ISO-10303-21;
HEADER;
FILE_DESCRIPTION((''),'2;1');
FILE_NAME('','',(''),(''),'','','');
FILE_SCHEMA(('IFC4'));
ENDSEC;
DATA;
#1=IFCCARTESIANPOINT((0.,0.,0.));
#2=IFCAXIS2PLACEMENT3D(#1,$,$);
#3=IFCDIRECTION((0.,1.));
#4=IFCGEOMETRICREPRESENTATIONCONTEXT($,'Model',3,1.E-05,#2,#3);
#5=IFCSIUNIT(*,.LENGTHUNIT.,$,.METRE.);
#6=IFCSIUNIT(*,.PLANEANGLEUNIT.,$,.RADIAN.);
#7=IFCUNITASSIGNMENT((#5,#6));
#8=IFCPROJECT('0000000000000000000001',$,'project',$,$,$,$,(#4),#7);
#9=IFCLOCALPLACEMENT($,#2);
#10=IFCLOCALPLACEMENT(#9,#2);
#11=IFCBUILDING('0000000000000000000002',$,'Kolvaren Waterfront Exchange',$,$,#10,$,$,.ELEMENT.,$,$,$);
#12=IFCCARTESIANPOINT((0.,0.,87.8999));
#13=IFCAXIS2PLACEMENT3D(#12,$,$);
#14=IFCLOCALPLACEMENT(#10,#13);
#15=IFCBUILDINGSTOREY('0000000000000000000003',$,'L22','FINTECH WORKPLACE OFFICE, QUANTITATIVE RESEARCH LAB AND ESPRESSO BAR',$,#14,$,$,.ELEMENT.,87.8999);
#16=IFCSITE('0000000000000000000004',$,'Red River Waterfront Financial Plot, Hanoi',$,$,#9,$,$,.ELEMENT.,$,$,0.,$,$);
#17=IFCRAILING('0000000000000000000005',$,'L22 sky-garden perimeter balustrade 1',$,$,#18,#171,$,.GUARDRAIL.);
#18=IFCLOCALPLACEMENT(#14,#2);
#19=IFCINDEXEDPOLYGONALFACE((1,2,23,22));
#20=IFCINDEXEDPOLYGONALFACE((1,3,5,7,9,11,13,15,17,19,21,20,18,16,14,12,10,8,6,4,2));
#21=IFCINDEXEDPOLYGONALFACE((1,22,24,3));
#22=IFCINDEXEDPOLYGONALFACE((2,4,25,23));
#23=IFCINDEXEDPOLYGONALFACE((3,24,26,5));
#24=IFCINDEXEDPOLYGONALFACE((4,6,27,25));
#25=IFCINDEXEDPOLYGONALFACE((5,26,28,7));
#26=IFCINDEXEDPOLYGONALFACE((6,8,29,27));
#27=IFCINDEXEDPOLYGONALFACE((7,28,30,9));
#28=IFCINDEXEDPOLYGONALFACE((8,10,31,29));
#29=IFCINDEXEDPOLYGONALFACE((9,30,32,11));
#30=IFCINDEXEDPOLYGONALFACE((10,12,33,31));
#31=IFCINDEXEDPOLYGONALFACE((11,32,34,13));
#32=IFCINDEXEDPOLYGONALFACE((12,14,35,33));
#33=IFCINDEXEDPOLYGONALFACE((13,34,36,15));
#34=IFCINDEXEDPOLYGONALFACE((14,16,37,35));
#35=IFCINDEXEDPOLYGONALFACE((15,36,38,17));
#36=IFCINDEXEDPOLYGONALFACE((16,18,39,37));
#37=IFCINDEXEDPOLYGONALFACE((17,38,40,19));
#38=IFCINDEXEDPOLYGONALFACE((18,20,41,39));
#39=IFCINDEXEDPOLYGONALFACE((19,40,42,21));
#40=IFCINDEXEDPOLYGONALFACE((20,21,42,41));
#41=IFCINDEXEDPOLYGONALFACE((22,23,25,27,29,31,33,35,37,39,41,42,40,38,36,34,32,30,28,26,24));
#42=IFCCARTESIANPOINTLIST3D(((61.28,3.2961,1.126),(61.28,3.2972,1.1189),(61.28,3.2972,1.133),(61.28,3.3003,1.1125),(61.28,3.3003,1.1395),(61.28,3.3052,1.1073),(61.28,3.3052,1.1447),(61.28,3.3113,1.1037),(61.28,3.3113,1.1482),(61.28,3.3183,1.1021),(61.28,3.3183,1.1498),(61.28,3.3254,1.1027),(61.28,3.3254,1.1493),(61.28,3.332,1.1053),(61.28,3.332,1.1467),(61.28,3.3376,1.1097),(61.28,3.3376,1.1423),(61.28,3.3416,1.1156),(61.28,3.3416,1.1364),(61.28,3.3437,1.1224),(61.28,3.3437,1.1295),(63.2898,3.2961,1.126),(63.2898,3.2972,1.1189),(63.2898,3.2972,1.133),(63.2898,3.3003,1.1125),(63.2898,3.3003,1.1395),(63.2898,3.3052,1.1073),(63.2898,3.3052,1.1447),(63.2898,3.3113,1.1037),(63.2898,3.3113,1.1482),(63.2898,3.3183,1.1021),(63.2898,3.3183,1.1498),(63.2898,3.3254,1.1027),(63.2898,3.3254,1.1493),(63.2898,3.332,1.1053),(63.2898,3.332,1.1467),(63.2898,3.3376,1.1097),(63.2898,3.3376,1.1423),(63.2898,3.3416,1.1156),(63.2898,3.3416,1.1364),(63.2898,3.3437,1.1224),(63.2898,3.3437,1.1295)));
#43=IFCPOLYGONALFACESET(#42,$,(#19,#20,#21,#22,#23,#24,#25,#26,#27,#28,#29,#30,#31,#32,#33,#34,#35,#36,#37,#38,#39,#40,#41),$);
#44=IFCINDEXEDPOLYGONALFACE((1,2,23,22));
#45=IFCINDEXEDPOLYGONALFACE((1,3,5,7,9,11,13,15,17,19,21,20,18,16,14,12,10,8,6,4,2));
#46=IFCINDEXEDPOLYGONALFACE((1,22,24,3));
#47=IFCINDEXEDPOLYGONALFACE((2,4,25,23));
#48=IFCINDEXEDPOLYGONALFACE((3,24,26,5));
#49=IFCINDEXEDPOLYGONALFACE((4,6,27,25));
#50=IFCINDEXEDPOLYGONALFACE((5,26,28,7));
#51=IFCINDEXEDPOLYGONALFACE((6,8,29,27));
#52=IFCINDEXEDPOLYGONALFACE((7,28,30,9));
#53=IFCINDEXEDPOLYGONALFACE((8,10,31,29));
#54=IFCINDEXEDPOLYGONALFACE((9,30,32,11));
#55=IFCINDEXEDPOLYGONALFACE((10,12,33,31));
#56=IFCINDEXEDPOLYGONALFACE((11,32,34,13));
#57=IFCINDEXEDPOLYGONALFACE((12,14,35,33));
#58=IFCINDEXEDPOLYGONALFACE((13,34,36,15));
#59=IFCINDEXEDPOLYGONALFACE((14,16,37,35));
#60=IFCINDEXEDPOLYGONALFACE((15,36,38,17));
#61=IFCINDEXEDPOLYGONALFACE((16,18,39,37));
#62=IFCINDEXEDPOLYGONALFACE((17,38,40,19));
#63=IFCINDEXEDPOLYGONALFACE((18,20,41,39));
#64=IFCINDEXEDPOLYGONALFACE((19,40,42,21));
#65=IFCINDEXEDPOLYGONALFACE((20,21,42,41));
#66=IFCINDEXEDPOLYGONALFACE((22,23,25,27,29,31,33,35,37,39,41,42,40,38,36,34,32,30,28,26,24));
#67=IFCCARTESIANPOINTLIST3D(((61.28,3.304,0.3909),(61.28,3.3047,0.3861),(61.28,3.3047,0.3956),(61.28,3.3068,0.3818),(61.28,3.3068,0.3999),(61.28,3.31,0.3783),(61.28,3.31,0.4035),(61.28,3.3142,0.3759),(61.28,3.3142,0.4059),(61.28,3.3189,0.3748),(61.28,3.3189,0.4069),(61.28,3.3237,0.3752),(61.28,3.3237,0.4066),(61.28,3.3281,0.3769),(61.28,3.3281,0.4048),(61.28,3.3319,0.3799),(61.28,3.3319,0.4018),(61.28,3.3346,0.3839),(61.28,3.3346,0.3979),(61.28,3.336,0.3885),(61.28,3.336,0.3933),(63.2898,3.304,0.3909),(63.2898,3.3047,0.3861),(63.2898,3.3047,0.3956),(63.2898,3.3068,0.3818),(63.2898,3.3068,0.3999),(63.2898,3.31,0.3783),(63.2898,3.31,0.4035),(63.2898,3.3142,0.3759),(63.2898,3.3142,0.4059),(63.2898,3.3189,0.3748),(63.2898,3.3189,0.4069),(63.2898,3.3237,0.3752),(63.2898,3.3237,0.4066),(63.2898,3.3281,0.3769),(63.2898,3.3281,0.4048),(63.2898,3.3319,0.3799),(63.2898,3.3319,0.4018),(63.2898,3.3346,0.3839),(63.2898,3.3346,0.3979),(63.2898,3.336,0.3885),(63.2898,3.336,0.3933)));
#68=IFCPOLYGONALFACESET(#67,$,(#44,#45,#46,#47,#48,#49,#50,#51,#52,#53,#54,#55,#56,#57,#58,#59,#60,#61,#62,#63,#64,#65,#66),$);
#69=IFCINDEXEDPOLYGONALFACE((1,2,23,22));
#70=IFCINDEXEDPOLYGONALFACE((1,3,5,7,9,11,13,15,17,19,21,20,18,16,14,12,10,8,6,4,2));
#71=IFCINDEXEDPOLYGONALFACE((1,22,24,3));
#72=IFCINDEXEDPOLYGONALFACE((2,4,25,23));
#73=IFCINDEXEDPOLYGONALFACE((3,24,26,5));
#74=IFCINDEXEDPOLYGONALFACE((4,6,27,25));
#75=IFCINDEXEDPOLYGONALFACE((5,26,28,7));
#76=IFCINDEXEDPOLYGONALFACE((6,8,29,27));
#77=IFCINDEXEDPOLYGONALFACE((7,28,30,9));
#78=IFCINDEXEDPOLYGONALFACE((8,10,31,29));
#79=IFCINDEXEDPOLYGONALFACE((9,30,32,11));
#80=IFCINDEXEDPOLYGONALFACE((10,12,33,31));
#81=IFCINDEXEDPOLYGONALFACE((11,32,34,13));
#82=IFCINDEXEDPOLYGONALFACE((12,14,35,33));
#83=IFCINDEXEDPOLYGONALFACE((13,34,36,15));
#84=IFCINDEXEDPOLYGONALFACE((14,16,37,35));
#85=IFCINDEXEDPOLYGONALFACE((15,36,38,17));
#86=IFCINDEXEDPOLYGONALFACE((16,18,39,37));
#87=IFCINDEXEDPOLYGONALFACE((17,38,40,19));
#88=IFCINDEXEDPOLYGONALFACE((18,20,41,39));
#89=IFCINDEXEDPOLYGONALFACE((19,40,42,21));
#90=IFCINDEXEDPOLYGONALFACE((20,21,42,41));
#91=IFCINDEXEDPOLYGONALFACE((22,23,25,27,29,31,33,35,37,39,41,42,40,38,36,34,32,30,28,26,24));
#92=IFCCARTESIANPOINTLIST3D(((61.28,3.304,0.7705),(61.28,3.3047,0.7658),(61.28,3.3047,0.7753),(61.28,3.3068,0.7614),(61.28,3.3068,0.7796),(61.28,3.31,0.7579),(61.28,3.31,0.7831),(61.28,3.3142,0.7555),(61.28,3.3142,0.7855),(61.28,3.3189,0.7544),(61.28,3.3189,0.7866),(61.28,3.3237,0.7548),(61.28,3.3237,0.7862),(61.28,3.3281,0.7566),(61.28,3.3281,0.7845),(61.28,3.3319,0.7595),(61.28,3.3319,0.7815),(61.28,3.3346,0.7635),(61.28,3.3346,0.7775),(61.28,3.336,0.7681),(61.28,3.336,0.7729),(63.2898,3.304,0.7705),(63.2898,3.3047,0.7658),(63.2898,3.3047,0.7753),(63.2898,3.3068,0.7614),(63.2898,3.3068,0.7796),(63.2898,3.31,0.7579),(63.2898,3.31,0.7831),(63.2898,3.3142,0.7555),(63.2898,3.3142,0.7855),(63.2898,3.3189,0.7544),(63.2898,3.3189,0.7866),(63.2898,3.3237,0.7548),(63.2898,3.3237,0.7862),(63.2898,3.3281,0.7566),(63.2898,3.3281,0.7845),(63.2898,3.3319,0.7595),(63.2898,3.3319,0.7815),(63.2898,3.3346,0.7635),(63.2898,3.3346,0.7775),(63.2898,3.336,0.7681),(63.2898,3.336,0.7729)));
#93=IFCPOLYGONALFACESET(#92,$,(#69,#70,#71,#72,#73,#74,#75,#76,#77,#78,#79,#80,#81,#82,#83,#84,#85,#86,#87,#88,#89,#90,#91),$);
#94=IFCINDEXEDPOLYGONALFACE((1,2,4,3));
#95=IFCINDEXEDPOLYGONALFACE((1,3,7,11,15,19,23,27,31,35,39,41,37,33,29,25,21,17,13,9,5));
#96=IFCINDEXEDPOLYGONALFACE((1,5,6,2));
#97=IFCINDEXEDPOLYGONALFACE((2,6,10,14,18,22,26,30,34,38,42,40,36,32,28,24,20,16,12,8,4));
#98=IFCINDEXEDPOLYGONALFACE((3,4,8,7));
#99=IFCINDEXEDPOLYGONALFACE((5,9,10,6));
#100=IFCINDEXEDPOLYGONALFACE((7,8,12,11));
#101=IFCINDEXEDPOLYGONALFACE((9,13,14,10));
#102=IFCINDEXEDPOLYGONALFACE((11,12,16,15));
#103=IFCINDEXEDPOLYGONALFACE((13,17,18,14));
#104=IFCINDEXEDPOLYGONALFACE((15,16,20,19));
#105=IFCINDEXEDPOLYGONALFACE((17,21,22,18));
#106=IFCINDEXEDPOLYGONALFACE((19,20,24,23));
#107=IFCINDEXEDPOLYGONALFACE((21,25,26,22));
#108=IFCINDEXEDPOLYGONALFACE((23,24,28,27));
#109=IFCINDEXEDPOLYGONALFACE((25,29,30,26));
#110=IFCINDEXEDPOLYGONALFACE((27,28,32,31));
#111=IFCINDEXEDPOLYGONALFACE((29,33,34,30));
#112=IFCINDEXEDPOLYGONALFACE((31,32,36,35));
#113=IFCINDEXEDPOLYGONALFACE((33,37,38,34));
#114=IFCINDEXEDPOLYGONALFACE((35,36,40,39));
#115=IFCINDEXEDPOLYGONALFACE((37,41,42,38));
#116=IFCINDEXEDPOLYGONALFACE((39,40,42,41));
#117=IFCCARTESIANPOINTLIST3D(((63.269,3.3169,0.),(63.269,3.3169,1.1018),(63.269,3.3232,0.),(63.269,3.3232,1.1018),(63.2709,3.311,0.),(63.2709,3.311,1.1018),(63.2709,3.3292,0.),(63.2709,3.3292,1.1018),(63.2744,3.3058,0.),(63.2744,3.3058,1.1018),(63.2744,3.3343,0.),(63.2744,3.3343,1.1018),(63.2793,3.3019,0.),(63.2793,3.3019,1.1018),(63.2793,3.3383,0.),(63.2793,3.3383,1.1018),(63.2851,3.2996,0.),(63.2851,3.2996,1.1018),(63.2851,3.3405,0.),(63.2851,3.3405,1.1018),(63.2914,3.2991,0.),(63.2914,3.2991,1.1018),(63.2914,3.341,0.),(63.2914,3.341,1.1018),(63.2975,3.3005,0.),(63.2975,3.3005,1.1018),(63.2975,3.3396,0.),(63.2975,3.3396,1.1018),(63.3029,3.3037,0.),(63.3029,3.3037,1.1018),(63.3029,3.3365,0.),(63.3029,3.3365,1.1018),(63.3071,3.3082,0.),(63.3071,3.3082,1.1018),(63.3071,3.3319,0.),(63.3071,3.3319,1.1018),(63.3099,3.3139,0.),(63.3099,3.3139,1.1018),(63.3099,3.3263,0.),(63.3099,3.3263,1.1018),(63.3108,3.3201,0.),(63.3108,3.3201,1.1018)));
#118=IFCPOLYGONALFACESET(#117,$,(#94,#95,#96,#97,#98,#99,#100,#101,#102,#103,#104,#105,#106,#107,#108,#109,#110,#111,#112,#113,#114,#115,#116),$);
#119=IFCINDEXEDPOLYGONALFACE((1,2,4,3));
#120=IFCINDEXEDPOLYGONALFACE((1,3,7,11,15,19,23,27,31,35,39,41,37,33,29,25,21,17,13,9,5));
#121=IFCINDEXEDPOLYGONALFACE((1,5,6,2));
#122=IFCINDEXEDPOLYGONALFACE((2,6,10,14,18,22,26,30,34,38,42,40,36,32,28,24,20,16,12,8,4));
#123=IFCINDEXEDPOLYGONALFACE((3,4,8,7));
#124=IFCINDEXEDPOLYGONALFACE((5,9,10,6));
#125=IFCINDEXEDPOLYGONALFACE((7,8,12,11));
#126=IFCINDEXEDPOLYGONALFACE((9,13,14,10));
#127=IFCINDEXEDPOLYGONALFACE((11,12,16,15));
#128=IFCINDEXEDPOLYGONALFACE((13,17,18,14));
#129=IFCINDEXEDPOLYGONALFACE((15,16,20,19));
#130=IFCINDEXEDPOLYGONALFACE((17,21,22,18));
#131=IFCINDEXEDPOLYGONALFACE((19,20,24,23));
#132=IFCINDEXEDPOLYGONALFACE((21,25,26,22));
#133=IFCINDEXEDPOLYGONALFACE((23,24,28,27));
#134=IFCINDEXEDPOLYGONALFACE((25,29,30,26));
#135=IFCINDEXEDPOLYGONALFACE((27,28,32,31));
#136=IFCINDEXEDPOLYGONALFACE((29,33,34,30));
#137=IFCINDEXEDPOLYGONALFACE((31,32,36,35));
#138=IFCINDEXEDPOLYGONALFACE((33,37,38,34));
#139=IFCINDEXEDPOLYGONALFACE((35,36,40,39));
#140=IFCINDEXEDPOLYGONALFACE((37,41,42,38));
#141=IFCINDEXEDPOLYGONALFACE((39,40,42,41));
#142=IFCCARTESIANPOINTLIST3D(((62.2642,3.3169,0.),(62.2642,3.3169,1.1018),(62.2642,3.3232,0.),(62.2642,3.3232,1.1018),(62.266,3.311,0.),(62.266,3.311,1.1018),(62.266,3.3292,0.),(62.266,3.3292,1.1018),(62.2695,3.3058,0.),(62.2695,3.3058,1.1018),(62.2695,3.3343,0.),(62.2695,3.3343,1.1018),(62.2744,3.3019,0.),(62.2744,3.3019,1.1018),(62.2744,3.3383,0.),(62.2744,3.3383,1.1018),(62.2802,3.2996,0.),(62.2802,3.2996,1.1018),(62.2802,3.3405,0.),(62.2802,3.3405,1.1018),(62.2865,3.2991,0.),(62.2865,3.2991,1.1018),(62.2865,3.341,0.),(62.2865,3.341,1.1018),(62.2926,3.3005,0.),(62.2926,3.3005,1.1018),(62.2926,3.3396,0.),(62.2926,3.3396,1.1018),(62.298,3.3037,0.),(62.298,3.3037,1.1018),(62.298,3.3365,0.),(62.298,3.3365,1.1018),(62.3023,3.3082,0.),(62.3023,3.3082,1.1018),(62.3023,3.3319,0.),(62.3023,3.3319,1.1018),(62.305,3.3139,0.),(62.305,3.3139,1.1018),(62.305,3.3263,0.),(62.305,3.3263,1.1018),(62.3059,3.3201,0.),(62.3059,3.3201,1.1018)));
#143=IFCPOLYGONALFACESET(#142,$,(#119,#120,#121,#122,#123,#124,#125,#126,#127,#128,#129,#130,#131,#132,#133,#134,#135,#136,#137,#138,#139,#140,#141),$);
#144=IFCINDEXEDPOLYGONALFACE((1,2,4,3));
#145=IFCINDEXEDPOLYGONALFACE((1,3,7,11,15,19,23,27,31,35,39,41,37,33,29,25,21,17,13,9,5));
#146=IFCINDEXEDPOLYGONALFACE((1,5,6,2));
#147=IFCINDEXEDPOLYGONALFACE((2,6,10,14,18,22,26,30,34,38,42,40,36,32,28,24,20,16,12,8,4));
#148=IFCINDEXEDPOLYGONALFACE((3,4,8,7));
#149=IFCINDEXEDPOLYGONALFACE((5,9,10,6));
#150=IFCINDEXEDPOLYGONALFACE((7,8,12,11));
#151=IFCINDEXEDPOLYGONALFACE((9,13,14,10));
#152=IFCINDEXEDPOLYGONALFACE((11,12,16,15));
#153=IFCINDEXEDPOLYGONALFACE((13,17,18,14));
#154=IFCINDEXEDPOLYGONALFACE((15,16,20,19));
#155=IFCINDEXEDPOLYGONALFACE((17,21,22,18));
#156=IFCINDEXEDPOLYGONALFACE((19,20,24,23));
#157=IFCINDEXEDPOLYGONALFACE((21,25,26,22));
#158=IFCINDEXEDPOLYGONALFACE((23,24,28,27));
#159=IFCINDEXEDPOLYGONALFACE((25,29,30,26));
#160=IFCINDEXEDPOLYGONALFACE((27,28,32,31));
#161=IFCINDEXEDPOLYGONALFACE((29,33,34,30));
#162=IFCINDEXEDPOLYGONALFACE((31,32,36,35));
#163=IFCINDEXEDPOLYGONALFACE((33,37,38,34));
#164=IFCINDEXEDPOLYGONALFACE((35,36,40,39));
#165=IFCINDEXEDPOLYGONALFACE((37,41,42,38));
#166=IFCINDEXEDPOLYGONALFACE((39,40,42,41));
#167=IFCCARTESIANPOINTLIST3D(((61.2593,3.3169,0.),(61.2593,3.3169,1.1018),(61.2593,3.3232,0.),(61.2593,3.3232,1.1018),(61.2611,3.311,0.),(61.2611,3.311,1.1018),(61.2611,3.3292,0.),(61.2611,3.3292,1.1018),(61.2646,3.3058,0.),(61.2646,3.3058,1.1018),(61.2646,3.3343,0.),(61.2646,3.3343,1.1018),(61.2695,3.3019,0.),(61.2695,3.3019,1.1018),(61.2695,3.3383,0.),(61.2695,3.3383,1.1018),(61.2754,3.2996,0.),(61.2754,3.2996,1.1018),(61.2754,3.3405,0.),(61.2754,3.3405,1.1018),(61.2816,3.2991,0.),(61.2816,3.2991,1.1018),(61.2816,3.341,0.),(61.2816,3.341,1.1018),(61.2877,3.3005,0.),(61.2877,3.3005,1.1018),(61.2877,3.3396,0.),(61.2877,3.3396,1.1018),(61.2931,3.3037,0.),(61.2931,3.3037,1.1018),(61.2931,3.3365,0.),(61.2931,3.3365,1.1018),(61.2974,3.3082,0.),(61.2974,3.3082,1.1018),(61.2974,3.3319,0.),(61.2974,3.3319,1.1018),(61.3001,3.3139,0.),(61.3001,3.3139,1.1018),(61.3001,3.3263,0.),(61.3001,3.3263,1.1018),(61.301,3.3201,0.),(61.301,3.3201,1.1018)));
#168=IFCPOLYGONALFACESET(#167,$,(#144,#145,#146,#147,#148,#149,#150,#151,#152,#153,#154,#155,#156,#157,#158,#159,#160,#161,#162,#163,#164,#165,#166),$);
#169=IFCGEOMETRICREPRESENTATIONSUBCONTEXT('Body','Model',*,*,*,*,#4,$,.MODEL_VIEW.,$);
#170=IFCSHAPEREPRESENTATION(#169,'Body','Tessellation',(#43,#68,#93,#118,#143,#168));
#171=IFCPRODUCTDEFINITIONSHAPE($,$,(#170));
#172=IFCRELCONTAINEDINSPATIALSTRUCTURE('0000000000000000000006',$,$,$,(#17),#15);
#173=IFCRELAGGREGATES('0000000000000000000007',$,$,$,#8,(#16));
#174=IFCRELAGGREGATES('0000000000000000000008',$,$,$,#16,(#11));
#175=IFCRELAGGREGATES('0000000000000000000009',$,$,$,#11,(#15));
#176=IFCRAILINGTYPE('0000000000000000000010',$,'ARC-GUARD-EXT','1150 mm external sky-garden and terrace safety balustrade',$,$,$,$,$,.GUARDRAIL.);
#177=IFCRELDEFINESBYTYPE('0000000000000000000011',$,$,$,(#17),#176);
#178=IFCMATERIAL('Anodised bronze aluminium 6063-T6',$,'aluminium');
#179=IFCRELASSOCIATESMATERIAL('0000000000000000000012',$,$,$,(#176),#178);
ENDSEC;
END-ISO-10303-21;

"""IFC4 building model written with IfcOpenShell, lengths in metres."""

from ifc_helpers import new_model, si_unit, direction, frame, origin, origin_2d, place, context, subcontext, project, spatial, circle, extrude, material, type_object, element, save


model = new_model("IFC4")

# Units and contexts
model_context = context("Model", 3, precision=1e-05, world=origin(), true_north=direction((0.0, 1.0)))
body_context = subcontext(model_context, "Body", "Model", "MODEL_VIEW")
ifc_project = project(units=[si_unit("LENGTHUNIT", "METRE"), si_unit("PLANEANGLEUNIT", "RADIAN")], contexts=[model_context])

# Site, building, storey
site_placement = place(None, origin())
site = spatial("IfcSite", under=ifc_project, at=site_placement, Name="Red River Waterfront Financial Plot, Hanoi", CompositionType="ELEMENT", RefElevation=0.0)
building_placement = place(site_placement, origin())
building = spatial("IfcBuilding", under=site, at=building_placement, Name="Kolvaren Waterfront Exchange", CompositionType="ELEMENT")
storey_placement = place(building_placement, frame((0.0, 0.0, 87.8999)))
storey = spatial("IfcBuildingStorey", under=building, at=storey_placement, Name="L22", Description="FINTECH WORKPLACE OFFICE, QUANTITATIVE RESEARCH LAB AND ESPRESSO BAR", CompositionType="ELEMENT", Elevation=87.8999)

# Shared definitions
ifc_material_1 = material(Name="Anodised bronze aluminium 6063-T6", Category="aluminium")

# Railing
railing_type = type_object("IfcRailingType", Name="ARC-GUARD-EXT", Description="1150 mm external sky-garden and terrace safety balustrade", PredefinedType="GUARDRAIL", material=ifc_material_1)
railing_1_placement = place(storey_placement, frame((63.2898, 3.3201, 0.0)))
element("IfcRailing", 1, at=railing_1_placement, inside=storey, type_object=railing_type, Name="L22 sky-garden perimeter balustrade 1", PredefinedType="GUARDRAIL", context=body_context, shape_type="SweptSolid", body=[
    extrude(circle(Radius=0.0239, at=origin_2d()), frame((0.0, 0.0, 1.126), z_axis=(-1.0, 0.0, 0.0), x_axis=(0.0, -1.0, 0.0)), (0.0, 0.0, 1.0), 2.0098),
    extrude(circle(Radius=0.0161, at=origin_2d()), frame((0.0, 0.0, 0.3909), z_axis=(-1.0, 0.0, 0.0), x_axis=(0.0, -1.0, 0.0)), (0.0, 0.0, 1.0), 2.0098),
    extrude(circle(Radius=0.0161, at=origin_2d()), frame((0.0, 0.0, 0.7705), z_axis=(-1.0, 0.0, 0.0), x_axis=(0.0, -1.0, 0.0)), (0.0, 0.0, 1.0), 2.0098),
    extrude(circle(Radius=0.021, at=origin_2d()), origin(), (0.0, 0.0, 1.0), 1.1018),
    extrude(circle(Radius=0.021, at=origin_2d()), frame((-1.0049, 0.0, 0.0)), (0.0, 0.0, 1.0), 1.1018),
    extrude(circle(Radius=0.021, at=origin_2d()), frame((-2.0098, 0.0, 0.0)), (0.0, 0.0, 1.0), 1.1018),
])

save(model, "model.ifc")
